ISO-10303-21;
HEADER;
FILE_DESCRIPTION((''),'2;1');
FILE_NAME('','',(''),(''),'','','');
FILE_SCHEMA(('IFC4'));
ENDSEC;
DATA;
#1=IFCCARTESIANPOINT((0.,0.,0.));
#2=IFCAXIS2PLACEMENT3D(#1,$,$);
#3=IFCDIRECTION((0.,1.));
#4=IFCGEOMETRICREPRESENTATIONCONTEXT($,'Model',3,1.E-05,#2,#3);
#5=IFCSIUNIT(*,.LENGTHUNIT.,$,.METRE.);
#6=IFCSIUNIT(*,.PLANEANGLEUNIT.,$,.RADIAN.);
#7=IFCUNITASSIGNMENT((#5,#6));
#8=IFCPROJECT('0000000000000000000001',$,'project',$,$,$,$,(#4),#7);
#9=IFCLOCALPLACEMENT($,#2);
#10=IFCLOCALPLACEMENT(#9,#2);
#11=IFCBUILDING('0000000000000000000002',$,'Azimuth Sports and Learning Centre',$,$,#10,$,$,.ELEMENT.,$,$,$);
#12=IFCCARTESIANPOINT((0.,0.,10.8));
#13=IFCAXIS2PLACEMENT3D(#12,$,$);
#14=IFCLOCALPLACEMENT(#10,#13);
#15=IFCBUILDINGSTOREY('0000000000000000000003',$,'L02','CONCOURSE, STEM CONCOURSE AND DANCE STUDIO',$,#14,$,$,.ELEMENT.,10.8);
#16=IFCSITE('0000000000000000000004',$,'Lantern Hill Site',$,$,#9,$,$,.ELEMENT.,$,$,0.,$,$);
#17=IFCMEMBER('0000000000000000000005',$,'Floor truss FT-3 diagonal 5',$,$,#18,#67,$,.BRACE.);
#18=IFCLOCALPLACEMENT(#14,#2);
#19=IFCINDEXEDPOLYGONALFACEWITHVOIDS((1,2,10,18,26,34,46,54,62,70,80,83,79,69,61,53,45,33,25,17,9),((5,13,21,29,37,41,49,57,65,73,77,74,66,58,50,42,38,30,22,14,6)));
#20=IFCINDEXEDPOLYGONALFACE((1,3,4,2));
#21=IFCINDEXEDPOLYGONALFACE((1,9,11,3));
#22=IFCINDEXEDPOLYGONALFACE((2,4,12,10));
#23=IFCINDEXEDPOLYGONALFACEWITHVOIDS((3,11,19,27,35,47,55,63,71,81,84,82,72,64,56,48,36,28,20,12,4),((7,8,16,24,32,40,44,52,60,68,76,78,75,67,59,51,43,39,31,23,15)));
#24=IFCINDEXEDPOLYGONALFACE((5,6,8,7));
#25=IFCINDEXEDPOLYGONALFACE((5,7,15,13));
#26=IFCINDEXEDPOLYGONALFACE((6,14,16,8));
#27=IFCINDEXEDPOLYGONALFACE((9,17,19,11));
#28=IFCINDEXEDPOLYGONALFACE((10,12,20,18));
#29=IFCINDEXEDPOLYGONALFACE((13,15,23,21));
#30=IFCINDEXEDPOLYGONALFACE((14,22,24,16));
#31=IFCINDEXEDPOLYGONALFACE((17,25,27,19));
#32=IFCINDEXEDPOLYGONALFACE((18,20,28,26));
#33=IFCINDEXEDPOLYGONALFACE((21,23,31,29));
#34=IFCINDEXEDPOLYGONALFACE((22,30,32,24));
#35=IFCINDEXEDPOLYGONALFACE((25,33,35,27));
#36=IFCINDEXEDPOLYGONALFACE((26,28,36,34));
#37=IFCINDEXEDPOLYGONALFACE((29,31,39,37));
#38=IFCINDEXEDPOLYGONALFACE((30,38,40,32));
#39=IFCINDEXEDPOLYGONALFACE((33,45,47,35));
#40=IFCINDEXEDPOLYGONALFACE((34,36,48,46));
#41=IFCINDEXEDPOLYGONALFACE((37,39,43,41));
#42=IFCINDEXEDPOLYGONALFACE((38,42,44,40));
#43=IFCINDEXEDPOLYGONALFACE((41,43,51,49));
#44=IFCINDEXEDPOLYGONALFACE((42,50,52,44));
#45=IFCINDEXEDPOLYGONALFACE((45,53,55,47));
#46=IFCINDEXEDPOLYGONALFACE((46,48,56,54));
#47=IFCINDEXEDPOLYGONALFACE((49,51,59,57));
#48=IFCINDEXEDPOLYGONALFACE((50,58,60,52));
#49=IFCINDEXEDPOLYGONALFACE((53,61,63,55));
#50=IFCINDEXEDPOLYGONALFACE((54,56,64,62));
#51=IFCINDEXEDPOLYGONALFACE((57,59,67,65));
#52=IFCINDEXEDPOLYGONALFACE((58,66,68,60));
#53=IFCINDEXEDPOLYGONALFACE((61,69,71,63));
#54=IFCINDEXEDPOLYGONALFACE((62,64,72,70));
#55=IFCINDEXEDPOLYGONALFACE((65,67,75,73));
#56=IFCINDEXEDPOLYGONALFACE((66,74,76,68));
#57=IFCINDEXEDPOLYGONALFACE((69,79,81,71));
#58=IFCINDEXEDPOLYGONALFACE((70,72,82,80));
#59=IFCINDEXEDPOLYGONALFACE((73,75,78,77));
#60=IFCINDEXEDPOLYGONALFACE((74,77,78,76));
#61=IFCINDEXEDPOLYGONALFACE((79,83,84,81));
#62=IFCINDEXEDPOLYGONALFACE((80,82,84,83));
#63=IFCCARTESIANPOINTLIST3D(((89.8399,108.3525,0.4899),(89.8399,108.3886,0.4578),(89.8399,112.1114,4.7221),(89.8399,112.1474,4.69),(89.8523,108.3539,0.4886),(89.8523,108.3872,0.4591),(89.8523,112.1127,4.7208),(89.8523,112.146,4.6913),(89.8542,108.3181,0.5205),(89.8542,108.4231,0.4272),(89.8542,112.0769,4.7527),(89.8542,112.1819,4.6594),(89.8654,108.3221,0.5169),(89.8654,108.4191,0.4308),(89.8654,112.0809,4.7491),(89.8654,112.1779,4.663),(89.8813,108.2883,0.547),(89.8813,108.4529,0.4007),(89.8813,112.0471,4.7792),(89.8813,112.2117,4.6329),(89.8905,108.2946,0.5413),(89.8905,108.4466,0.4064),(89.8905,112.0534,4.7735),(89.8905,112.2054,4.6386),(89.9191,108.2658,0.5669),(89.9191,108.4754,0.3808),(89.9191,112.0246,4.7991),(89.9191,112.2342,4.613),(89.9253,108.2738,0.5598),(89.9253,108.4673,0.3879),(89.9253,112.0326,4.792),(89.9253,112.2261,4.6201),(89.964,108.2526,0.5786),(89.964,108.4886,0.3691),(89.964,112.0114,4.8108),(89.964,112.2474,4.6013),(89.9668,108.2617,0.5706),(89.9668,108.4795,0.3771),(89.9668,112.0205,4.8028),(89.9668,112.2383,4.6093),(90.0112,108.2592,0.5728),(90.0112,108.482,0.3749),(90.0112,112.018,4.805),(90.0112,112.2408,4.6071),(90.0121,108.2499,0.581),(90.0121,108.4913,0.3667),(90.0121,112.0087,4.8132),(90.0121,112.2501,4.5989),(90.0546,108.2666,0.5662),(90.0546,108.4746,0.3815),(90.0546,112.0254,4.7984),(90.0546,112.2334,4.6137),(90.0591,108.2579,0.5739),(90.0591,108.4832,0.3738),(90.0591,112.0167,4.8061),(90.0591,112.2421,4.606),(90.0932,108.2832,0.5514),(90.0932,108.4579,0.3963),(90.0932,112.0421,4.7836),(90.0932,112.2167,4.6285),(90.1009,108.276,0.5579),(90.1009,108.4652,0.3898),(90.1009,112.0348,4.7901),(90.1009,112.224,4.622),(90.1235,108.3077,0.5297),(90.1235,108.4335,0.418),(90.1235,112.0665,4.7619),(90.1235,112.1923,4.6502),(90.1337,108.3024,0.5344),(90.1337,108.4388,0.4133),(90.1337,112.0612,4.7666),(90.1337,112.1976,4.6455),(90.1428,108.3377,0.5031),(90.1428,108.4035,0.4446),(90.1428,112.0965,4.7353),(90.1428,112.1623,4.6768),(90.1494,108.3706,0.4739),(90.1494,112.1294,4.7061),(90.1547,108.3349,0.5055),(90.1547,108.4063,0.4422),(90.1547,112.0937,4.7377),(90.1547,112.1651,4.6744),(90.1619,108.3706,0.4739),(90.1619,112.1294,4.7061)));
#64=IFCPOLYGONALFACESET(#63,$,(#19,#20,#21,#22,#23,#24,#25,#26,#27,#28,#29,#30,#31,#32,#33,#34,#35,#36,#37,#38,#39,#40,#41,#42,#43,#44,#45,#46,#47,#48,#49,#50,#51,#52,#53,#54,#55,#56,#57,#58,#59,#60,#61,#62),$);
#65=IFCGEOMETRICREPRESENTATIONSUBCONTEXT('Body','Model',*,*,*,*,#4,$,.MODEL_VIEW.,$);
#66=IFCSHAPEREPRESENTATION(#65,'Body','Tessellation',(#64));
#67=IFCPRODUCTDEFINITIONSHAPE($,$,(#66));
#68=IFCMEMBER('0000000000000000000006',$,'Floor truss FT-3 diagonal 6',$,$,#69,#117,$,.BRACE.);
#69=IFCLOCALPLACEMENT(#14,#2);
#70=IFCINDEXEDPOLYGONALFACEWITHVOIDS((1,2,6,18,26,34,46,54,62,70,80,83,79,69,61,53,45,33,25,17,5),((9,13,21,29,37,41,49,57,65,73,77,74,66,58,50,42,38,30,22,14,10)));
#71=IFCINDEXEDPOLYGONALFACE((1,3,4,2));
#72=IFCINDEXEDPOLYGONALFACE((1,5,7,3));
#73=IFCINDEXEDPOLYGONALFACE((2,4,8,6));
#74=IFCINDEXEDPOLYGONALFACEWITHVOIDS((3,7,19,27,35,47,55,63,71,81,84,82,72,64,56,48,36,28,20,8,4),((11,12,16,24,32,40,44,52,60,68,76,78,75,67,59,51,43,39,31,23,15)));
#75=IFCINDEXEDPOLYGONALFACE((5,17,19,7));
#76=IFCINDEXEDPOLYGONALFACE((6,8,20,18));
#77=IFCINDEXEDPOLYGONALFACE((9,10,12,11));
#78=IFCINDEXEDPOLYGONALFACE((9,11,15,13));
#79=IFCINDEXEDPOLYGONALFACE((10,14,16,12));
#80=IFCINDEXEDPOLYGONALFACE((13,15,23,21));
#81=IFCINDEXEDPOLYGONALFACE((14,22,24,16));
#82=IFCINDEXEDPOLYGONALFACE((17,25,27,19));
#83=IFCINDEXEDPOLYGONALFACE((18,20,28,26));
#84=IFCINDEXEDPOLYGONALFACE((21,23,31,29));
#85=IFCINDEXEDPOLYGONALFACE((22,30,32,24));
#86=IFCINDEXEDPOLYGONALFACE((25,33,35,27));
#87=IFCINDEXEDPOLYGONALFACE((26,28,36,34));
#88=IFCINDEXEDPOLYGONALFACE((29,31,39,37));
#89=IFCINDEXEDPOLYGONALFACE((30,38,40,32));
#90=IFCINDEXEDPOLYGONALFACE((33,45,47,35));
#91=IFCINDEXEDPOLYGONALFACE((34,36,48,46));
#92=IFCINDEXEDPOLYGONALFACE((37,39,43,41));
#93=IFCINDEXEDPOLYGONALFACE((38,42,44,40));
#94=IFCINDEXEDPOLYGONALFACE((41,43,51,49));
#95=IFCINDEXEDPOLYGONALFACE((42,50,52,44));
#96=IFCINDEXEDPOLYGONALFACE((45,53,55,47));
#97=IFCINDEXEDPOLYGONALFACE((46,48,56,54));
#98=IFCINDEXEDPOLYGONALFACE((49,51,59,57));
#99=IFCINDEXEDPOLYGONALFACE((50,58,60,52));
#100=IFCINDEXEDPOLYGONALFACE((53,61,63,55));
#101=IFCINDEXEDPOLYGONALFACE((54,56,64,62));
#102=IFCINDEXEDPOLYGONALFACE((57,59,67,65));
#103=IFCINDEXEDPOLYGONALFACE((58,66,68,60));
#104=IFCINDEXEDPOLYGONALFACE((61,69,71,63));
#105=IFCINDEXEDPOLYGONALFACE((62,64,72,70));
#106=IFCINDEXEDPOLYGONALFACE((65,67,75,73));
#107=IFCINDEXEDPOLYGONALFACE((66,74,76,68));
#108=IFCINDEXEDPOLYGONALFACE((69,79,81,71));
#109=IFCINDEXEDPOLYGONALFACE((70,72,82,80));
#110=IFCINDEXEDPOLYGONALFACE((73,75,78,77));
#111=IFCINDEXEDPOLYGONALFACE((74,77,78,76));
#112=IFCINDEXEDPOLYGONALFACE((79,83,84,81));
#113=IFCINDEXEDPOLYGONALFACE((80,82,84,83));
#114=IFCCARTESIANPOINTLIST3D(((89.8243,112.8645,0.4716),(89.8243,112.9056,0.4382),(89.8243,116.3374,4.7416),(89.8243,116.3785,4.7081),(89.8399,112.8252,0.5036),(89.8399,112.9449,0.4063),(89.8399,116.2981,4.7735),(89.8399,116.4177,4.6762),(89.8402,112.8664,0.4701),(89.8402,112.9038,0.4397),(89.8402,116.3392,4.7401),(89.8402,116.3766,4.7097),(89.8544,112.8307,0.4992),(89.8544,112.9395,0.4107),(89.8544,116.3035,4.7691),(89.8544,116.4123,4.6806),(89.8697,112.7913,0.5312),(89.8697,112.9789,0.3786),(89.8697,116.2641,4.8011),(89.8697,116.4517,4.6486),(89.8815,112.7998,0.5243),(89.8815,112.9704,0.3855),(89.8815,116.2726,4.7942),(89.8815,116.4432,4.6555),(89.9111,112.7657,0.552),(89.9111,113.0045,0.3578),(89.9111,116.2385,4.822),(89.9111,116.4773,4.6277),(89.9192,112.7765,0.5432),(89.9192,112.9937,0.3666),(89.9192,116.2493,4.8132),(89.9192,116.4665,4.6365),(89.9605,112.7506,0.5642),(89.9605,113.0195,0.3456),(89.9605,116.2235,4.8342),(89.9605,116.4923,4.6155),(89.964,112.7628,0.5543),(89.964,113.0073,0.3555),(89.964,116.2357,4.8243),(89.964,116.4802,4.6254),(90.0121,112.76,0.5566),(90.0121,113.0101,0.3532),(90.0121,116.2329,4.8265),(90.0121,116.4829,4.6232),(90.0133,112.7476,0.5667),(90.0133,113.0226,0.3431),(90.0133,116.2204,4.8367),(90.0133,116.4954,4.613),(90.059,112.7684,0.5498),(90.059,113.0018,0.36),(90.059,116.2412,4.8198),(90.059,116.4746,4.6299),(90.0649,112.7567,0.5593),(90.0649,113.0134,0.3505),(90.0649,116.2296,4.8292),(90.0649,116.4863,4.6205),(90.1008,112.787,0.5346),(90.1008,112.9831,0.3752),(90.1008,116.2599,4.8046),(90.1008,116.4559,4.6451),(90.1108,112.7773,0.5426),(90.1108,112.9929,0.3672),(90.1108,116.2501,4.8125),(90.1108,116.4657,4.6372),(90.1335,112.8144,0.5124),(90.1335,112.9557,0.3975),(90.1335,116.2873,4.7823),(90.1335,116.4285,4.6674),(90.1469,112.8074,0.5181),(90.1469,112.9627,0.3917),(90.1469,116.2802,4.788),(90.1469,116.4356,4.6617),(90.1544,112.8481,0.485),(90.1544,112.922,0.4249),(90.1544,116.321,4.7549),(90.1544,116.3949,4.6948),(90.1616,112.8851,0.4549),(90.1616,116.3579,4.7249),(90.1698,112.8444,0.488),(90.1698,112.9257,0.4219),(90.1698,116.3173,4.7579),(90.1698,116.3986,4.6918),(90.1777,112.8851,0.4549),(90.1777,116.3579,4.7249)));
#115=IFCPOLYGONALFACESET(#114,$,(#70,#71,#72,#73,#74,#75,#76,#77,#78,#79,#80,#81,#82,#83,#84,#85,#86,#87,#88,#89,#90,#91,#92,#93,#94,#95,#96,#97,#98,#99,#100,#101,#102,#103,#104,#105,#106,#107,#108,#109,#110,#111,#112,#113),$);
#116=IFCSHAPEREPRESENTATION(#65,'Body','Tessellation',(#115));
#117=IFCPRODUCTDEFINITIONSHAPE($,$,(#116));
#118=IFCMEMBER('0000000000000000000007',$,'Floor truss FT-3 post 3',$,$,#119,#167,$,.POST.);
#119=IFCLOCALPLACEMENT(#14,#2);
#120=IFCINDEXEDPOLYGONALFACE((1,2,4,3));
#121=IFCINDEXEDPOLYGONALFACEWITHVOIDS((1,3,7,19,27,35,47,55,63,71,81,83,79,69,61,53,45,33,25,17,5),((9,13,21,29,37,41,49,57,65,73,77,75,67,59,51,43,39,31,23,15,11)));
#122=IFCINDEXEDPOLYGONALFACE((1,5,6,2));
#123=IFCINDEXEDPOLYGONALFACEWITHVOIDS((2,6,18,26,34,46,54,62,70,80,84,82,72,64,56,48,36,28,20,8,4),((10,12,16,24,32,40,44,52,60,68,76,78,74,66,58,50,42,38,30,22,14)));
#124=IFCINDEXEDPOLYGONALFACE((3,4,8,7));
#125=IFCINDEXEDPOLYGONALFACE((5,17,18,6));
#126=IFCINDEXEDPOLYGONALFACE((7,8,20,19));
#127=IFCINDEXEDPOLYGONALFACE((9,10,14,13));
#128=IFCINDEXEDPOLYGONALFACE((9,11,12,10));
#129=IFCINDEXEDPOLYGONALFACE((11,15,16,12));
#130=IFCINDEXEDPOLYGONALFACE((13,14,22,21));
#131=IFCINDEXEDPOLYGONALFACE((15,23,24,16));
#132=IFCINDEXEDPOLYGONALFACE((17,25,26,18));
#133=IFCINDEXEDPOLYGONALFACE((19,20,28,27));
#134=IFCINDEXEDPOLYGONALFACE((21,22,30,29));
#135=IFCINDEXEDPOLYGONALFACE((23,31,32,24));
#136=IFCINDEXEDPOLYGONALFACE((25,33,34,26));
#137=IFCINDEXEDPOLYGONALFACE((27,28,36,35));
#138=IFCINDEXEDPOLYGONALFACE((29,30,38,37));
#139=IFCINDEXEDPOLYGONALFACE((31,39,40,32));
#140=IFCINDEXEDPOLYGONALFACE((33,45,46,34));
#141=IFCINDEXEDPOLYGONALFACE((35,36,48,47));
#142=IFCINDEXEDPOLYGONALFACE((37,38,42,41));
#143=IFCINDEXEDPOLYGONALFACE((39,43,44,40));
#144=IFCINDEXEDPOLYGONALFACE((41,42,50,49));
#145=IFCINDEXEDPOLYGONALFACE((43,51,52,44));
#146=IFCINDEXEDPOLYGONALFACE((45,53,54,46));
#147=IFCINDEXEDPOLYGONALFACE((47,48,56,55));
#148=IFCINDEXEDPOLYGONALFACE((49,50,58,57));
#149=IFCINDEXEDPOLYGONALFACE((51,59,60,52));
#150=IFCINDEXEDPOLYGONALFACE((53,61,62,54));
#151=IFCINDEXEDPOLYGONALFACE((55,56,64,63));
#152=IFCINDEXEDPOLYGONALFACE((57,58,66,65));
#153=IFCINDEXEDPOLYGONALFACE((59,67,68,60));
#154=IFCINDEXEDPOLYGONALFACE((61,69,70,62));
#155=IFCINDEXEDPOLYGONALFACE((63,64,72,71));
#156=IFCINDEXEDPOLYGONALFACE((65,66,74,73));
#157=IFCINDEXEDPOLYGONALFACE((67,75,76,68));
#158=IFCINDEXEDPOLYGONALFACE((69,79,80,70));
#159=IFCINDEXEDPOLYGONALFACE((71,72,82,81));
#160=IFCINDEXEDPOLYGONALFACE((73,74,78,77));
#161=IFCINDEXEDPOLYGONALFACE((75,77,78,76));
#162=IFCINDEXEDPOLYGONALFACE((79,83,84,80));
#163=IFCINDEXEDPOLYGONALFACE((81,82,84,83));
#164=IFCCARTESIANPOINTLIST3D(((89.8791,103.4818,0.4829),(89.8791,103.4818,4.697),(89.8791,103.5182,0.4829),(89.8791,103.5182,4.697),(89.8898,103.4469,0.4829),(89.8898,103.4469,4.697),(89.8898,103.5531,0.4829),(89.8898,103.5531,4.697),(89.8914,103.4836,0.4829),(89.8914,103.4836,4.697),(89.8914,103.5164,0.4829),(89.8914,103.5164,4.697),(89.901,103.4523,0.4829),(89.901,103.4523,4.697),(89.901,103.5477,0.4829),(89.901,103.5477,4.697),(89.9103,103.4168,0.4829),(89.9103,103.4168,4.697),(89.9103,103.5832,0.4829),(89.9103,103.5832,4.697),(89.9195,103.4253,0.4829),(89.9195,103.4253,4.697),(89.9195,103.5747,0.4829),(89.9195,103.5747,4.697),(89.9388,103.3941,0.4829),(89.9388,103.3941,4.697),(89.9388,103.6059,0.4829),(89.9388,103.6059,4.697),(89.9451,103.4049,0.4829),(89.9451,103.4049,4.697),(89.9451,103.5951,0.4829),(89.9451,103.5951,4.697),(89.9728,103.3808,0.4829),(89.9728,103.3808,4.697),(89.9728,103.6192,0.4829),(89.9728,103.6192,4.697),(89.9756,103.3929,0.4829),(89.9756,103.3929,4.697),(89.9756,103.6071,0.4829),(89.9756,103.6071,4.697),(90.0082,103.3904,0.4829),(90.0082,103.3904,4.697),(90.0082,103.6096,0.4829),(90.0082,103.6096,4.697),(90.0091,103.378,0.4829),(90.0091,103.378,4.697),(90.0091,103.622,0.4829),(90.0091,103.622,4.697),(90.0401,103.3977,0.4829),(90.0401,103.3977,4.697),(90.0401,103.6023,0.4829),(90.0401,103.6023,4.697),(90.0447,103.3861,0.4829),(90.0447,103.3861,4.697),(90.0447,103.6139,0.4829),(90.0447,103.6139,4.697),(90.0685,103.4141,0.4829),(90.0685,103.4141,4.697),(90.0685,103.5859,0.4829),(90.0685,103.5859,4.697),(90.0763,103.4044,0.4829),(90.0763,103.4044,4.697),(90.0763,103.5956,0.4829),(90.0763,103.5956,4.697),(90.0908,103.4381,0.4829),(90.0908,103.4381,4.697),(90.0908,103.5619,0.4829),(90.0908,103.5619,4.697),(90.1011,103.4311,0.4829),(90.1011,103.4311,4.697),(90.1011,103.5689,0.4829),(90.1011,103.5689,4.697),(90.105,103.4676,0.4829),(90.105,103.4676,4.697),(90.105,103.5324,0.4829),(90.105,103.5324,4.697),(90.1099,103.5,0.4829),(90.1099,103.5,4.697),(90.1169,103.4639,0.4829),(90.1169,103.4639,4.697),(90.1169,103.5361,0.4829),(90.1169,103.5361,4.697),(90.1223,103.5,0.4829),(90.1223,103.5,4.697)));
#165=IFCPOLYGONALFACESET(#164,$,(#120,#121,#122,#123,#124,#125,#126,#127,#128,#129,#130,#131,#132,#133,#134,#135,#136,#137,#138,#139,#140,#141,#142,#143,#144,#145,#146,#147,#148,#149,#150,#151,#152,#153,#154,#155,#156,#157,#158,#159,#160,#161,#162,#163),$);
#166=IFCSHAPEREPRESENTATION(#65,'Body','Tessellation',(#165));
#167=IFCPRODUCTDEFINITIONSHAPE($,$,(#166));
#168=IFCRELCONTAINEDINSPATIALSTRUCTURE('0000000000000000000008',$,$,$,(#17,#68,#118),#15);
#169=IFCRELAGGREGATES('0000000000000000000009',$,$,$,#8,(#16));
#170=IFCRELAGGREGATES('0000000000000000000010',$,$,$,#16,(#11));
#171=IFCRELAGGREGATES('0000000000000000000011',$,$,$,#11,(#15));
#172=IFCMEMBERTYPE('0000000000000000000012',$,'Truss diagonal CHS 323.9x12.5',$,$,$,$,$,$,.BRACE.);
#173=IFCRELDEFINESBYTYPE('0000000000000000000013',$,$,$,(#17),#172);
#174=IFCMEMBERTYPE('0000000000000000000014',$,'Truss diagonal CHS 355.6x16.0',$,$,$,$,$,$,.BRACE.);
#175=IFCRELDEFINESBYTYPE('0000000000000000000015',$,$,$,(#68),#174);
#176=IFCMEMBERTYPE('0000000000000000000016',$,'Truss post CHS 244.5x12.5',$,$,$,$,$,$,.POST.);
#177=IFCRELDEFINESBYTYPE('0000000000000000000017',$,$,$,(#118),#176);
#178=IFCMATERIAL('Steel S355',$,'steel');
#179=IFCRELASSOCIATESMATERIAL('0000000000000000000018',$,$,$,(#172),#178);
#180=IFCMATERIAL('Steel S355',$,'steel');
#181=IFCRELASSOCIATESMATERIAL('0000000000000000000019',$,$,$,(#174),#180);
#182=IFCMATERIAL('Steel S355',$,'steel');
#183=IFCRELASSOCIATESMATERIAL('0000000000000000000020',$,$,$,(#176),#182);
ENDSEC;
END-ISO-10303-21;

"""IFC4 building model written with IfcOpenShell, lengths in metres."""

from ifc_helpers import new_model, si_unit, direction, frame, origin, origin_2d, place, context, subcontext, project, spatial, hollow_circle, extrude, material, material_profile, profile_set, type_object, element, save


model = new_model("IFC4")

# Units and contexts
model_context = context("Model", 3, precision=1e-05, world=origin(), true_north=direction((0.0, 1.0)))
body_context = subcontext(model_context, "Body", "Model", "MODEL_VIEW")
ifc_project = project(units=[si_unit("LENGTHUNIT", "METRE"), si_unit("PLANEANGLEUNIT", "RADIAN")], contexts=[model_context])

# Site, building, storey
site_placement = place(None, origin())
site = spatial("IfcSite", under=ifc_project, at=site_placement, Name="Lantern Hill Site", CompositionType="ELEMENT", RefElevation=0.0)
building_placement = place(site_placement, origin())
building = spatial("IfcBuilding", under=site, at=building_placement, Name="Azimuth Sports and Learning Centre", CompositionType="ELEMENT")
storey_placement = place(building_placement, frame((0.0, 0.0, 10.8)))
storey = spatial("IfcBuildingStorey", under=building, at=storey_placement, Name="L02", Description="CONCOURSE, STEM CONCOURSE AND DANCE STUDIO", CompositionType="ELEMENT", Elevation=10.8)

# Members
ifc_material_1 = material(Name="Steel S355", Category="steel")
ifc_material_profile_1 = material_profile(ifc_material_1, hollow_circle(Radius=0.1619, WallThickness=0.0125, at=origin_2d()), Name="CHS 323.9x12.5")
ifc_profile_set_1 = profile_set([ifc_material_profile_1], Name="Steel S355")
member_type_1 = type_object("IfcMemberType", Name="Truss diagonal CHS 323.9x12.5", PredefinedType="BRACE", material=ifc_profile_set_1)
member_1_placement = place(storey_placement, frame((90.0, 112.1294, 4.7061), z_axis=(0.0, -0.664053, -0.747685), x_axis=(1.0, 0.0, 0.0)))
element("IfcMember", 1, at=member_1_placement, inside=storey, type_object=member_type_1, Name="Floor truss FT-3 diagonal 5", PredefinedType="BRACE", context=body_context, shape_type="SweptSolid", body=[
    extrude(hollow_circle(Radius=0.1619, WallThickness=0.0125, at=origin_2d()), origin(), (0.0, 0.0, 1.0), 5.6604),
])
ifc_material_2 = material(Name="Steel S355", Category="steel")
ifc_material_profile_2 = material_profile(ifc_material_2, hollow_circle(Radius=0.1777, WallThickness=0.0161, at=origin_2d()), Name="CHS 355.6x16.0")
ifc_profile_set_2 = profile_set([ifc_material_profile_2], Name="Steel S355")
member_type_2 = type_object("IfcMemberType", Name="Truss diagonal CHS 355.6x16.0", PredefinedType="BRACE", material=ifc_profile_set_2)
member_2_placement = place(storey_placement, frame((90.0, 116.3579, 4.7249), z_axis=(0.0, -0.630977, -0.775802), x_axis=(1.0, 0.0, 0.0)))
element("IfcMember", 2, at=member_2_placement, inside=storey, type_object=member_type_2, Name="Floor truss FT-3 diagonal 6", PredefinedType="BRACE", context=body_context, shape_type="SweptSolid", body=[
    extrude(hollow_circle(Radius=0.1777, WallThickness=0.0161, at=origin_2d()), origin(), (0.0, 0.0, 1.0), 5.5039),
])
ifc_material_3 = material(Name="Steel S355", Category="steel")
ifc_material_profile_3 = material_profile(ifc_material_3, hollow_circle(Radius=0.1223, WallThickness=0.0125, at=origin_2d()), Name="CHS 244.5x12.5")
ifc_profile_set_3 = profile_set([ifc_material_profile_3], Name="Steel S355")
member_type_3 = type_object("IfcMemberType", Name="Truss post CHS 244.5x12.5", PredefinedType="POST", material=ifc_profile_set_3)
member_3_placement = place(storey_placement, frame((90.0, 103.5, 0.4829), z_axis=(0.0, 0.0, 1.0), x_axis=(1.0, 0.0, 0.0)))
element("IfcMember", 3, at=member_3_placement, inside=storey, type_object=member_type_3, Name="Floor truss FT-3 post 3", PredefinedType="POST", context=body_context, shape_type="SweptSolid", body=[
    extrude(hollow_circle(Radius=0.1223, WallThickness=0.0125, at=origin_2d()), origin(), (0.0, 0.0, 1.0), 4.2141),
])

save(model, "model.ifc")
